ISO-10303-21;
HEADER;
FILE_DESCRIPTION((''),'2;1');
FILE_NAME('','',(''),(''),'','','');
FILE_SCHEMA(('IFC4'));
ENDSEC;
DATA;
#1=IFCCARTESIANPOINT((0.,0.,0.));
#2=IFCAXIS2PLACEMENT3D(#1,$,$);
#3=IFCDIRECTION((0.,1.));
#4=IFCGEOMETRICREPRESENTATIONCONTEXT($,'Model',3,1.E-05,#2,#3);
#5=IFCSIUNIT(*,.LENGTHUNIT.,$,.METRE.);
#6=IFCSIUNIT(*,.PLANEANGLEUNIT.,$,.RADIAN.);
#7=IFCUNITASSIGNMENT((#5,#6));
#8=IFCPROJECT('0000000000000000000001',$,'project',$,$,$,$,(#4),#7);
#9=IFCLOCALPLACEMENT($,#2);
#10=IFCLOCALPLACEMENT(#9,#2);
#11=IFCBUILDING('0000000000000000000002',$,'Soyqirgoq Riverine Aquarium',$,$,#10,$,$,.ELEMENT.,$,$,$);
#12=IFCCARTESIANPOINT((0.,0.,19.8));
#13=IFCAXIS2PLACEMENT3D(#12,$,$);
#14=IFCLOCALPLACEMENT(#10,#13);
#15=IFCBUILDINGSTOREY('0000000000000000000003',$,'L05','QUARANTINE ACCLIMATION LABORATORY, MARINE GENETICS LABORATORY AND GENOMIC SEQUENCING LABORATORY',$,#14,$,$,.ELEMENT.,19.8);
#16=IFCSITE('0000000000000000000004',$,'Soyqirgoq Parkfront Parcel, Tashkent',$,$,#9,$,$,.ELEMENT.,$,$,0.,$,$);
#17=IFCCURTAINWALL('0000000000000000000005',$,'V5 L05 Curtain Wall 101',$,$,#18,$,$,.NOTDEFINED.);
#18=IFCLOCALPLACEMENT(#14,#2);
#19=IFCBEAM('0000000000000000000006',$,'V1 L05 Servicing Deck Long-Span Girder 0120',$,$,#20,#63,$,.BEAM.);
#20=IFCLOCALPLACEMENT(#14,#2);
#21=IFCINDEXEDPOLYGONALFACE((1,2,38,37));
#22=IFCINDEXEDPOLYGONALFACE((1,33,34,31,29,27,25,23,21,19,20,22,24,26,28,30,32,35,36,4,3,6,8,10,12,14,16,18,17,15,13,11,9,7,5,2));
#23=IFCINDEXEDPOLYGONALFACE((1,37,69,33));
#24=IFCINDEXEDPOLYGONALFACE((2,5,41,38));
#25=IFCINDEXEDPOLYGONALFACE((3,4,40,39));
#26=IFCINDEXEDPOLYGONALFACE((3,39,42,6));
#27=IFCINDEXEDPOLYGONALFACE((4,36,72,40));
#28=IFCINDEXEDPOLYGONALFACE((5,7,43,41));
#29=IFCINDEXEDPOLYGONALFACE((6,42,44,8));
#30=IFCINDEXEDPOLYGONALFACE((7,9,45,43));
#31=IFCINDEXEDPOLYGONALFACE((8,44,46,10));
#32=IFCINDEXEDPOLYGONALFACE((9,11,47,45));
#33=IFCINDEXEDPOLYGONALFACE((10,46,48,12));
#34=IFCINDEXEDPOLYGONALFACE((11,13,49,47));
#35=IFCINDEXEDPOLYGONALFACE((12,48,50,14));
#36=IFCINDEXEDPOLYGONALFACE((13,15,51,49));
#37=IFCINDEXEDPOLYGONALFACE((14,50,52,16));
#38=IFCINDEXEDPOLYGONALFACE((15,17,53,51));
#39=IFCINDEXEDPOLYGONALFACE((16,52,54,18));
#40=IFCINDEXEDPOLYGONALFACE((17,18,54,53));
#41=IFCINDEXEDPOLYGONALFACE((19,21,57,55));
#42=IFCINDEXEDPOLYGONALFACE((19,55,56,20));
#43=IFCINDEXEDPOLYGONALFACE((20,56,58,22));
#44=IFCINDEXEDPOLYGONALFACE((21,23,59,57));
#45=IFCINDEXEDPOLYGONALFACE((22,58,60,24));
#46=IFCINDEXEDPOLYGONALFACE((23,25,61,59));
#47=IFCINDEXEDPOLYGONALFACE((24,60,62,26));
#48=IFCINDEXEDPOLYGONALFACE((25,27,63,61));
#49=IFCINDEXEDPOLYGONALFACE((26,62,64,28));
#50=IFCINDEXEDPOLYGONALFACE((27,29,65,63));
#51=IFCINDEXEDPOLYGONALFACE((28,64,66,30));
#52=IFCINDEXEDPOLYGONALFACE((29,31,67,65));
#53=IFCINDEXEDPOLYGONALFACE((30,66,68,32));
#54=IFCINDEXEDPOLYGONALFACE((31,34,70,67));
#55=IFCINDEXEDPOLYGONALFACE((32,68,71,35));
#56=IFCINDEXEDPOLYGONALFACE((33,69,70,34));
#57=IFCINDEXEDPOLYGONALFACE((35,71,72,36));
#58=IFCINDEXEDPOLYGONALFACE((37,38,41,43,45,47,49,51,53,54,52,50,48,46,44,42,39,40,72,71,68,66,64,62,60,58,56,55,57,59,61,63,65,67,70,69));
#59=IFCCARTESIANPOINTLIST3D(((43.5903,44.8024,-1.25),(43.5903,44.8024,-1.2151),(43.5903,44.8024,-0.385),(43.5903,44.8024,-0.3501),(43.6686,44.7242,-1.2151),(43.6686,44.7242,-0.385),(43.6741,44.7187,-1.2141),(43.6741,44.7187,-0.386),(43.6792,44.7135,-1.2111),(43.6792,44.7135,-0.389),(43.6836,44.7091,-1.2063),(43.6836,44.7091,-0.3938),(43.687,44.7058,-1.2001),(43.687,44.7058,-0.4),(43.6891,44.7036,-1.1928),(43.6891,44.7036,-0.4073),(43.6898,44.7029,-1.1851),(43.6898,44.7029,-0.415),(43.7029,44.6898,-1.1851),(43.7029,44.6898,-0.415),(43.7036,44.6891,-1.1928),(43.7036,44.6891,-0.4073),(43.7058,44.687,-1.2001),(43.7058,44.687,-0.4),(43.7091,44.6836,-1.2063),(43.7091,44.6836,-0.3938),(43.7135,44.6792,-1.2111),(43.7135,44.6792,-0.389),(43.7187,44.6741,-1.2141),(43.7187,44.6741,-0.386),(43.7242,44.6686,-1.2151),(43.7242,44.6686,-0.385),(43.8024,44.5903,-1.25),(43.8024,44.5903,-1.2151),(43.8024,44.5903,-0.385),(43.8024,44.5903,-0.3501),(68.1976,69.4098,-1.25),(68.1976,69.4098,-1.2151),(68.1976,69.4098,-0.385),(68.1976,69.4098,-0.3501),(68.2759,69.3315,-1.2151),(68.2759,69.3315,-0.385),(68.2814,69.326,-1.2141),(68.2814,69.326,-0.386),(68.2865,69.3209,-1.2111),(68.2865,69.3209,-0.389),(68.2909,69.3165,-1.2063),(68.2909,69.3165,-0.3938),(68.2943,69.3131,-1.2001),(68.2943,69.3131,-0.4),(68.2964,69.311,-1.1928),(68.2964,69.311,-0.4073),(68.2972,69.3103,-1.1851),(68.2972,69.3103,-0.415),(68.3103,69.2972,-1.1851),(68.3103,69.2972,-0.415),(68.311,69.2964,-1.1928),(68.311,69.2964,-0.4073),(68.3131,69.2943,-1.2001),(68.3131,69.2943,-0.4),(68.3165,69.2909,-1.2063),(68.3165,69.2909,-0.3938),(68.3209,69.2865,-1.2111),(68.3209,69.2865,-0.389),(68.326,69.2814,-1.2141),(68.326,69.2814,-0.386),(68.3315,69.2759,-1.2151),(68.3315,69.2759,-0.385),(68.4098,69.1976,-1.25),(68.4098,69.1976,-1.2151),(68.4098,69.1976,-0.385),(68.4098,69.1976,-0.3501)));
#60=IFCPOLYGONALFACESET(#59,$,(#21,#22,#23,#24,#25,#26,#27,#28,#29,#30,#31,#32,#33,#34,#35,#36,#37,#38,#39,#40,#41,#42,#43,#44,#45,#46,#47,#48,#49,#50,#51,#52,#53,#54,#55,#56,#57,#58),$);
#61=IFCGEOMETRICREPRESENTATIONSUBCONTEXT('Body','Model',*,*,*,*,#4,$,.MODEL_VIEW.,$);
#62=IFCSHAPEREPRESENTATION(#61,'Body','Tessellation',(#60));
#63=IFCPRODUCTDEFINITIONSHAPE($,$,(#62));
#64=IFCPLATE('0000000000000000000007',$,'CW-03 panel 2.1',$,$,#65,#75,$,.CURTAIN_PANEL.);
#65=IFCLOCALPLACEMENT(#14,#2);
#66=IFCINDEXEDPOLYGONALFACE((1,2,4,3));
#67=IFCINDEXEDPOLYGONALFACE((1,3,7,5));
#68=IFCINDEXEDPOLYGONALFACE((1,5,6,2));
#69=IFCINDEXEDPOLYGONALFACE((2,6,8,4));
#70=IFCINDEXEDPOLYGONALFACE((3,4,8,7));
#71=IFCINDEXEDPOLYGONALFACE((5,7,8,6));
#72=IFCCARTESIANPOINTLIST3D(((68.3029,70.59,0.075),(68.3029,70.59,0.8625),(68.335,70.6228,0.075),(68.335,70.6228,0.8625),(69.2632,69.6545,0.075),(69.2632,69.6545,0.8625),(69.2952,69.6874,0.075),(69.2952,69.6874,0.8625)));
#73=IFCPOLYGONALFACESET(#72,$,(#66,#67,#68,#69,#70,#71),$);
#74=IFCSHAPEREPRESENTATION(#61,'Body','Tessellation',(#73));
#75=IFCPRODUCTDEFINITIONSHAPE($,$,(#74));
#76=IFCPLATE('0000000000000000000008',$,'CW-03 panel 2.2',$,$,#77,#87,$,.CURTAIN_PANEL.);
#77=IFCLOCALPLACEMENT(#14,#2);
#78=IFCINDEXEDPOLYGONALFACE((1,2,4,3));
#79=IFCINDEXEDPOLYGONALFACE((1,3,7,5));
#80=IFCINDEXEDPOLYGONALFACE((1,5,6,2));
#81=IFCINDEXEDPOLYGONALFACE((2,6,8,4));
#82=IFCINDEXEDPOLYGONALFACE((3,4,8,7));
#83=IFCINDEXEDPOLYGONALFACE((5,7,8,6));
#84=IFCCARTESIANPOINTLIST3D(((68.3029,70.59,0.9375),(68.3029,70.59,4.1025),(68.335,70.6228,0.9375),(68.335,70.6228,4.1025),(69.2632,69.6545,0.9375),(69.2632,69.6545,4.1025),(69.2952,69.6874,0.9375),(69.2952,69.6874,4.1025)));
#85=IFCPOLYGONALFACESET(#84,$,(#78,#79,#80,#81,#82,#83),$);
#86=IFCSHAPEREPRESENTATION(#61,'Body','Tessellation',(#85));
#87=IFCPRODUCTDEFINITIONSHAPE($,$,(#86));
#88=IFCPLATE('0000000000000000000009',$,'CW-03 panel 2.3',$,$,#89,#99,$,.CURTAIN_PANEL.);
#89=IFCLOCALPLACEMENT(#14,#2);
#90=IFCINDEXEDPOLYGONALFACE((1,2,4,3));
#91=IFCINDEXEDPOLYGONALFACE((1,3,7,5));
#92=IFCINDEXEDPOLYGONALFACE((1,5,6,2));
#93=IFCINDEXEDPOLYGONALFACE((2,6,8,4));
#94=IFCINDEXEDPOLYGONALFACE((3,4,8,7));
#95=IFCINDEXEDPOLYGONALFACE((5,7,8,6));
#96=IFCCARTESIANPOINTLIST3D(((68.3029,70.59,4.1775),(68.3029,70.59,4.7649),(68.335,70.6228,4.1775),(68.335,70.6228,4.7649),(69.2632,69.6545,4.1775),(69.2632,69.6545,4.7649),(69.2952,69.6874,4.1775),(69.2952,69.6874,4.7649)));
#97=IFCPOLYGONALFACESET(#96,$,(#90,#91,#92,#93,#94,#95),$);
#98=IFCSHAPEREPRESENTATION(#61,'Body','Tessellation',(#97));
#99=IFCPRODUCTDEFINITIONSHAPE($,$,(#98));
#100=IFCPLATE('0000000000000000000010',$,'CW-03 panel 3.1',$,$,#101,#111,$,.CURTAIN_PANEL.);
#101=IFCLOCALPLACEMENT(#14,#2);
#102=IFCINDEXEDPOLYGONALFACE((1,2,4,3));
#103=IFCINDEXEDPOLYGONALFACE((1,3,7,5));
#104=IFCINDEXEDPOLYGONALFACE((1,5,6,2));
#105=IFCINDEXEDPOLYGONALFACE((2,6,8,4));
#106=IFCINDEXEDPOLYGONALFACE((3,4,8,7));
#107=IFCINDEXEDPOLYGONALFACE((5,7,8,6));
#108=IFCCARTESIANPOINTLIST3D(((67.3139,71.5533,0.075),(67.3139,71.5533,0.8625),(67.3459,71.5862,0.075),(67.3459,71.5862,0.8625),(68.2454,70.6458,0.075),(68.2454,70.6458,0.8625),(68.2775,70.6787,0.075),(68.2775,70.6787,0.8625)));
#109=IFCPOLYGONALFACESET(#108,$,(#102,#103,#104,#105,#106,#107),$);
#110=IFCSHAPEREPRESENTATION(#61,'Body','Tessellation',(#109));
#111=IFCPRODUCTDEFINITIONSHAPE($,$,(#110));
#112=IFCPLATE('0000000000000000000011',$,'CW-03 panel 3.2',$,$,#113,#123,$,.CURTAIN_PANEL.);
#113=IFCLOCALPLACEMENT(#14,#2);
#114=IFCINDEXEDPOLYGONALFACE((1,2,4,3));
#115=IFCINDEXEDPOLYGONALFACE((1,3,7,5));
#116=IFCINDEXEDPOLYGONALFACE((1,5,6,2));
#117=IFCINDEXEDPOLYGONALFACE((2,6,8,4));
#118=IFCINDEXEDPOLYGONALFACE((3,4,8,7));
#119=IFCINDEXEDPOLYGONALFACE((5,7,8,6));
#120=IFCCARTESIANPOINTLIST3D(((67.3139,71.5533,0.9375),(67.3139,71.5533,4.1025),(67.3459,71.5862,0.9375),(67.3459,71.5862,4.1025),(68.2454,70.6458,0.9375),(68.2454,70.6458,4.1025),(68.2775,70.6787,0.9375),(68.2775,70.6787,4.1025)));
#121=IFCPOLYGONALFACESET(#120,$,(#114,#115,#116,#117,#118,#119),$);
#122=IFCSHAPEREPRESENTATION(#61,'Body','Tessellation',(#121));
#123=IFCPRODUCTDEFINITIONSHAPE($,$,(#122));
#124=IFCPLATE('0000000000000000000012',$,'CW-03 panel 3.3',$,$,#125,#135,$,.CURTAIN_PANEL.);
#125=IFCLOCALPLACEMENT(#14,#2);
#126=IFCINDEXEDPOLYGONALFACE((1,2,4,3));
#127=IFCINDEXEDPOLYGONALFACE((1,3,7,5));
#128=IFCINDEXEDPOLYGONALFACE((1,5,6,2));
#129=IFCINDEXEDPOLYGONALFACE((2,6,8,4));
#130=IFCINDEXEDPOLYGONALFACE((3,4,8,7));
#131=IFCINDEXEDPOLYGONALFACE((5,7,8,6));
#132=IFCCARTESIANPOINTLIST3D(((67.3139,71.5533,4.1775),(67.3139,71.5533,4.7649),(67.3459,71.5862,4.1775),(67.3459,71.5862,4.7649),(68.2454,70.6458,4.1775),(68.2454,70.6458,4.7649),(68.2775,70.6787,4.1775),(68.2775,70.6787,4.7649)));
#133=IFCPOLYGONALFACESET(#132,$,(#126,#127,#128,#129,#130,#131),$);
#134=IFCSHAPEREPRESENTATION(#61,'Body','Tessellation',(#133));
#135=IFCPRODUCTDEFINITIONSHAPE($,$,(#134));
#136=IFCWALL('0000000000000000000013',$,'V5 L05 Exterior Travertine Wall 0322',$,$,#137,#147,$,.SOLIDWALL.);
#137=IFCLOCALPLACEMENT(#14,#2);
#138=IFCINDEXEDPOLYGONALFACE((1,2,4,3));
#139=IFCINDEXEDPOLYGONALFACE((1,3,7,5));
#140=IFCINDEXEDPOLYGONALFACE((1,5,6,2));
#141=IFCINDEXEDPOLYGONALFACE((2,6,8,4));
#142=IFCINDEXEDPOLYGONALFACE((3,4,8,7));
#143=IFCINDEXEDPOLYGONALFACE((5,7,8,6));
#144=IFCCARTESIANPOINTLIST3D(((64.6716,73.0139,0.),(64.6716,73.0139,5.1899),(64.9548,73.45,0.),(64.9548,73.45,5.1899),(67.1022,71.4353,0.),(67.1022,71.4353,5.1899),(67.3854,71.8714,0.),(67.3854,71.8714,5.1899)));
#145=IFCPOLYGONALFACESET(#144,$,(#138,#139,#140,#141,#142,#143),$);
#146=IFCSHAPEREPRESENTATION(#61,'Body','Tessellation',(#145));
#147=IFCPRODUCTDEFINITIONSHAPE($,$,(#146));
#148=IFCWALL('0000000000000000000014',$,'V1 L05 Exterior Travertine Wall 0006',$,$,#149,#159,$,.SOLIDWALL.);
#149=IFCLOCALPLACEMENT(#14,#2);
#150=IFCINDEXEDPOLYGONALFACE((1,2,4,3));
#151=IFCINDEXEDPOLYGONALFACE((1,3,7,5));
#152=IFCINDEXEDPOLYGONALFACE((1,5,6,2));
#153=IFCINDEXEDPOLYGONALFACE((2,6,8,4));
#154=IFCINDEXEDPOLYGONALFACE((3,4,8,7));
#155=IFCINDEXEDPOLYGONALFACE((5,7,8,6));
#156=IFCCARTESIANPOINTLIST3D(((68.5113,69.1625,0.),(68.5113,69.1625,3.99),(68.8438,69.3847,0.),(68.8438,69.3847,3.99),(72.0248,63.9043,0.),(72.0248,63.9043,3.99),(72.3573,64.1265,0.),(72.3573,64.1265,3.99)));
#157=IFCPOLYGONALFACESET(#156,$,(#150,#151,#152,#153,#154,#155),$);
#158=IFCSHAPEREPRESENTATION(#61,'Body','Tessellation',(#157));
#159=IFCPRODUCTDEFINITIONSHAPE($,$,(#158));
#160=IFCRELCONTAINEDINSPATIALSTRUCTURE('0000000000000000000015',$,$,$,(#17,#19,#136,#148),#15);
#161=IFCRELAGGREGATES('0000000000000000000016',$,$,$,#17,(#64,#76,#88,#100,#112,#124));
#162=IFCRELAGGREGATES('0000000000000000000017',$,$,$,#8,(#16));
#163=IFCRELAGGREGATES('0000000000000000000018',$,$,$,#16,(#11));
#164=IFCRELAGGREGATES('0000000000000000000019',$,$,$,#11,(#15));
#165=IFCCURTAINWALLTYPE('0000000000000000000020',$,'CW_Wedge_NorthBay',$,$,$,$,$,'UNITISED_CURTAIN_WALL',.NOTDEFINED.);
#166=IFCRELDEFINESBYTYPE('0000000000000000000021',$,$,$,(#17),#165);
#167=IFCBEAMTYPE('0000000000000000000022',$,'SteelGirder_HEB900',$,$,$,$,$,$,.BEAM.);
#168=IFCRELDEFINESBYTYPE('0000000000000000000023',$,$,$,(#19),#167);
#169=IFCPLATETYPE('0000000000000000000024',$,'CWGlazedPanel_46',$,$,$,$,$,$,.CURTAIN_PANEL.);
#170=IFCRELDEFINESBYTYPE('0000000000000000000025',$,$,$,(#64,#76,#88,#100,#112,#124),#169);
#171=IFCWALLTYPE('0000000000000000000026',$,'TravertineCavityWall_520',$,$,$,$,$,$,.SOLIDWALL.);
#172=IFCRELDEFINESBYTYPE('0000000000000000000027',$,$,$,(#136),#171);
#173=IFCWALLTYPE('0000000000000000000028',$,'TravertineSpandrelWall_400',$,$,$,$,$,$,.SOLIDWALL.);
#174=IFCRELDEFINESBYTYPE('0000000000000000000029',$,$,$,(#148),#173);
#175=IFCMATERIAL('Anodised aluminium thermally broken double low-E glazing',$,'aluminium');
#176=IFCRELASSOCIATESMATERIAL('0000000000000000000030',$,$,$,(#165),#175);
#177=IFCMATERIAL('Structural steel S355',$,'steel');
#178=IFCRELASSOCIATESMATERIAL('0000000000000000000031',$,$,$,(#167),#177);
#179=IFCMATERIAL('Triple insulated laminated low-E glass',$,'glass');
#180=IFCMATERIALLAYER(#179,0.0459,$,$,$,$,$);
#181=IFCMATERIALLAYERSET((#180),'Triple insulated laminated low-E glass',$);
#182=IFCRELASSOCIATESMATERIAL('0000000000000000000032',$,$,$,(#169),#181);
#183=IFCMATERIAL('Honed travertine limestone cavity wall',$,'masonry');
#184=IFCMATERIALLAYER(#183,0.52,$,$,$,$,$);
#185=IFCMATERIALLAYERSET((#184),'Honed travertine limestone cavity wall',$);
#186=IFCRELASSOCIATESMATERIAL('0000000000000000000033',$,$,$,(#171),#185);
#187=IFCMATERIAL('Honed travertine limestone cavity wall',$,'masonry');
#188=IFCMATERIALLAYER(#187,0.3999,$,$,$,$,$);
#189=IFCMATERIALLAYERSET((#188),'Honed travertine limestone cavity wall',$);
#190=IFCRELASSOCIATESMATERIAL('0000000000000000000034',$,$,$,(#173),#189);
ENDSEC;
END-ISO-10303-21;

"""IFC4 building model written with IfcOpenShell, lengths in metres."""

from ifc_helpers import new_model, si_unit, direction, frame, frame_2d, origin, origin_2d, place, context, subcontext, project, spatial, rectangle, i_section, extrude, material, layer, layer_set, material_profile, profile_set, type_object, element, aggregate, save


model = new_model("IFC4")

# Units and contexts
model_context = context("Model", 3, precision=1e-05, world=origin(), true_north=direction((0.0, 1.0)))
body_context = subcontext(model_context, "Body", "Model", "MODEL_VIEW")
ifc_project = project(units=[si_unit("LENGTHUNIT", "METRE"), si_unit("PLANEANGLEUNIT", "RADIAN")], contexts=[model_context])

# Site, building, storey
site_placement = place(None, origin())
site = spatial("IfcSite", under=ifc_project, at=site_placement, Name="Soyqirgoq Parkfront Parcel, Tashkent", CompositionType="ELEMENT", RefElevation=0.0)
building_placement = place(site_placement, origin())
building = spatial("IfcBuilding", under=site, at=building_placement, Name="Soyqirgoq Riverine Aquarium", CompositionType="ELEMENT")
storey_placement = place(building_placement, frame((0.0, 0.0, 19.8)))
storey = spatial("IfcBuildingStorey", under=building, at=storey_placement, Name="L05", Description="QUARANTINE ACCLIMATION LABORATORY, MARINE GENETICS LABORATORY AND GENOMIC SEQUENCING LABORATORY", CompositionType="ELEMENT", Elevation=19.8)

# Curtain wall
ifc_material_1 = material(Name="Anodised aluminium thermally broken double low-E glazing", Category="aluminium")
curtain_wall_type = type_object("IfcCurtainWallType", Name="CW_Wedge_NorthBay", ElementType="UNITISED_CURTAIN_WALL", PredefinedType="NOTDEFINED", material=ifc_material_1)
curtain_wall_placement = place(storey_placement, origin())
curtain_wall = element("IfcCurtainWall", 1, at=curtain_wall_placement, inside=storey, type_object=curtain_wall_type, Name="V5 L05 Curtain Wall 101", PredefinedType="NOTDEFINED")

# Beam
ifc_material_2 = material(Name="Structural steel S355", Category="steel")
ifc_material_profile_1 = material_profile(ifc_material_2, i_section(OverallWidth=0.3, OverallDepth=0.8999, WebThickness=0.0186, FlangeThickness=0.0349, FilletRadius=0.03, at=origin_2d()), Name="HEB 900")
ifc_profile_set_1 = profile_set([ifc_material_profile_1], Name="Structural steel S355")
beam_type_1 = type_object("IfcBeamType", Name="SteelGirder_HEB900", PredefinedType="BEAM", material=ifc_profile_set_1)
beam_1_placement = place(storey_placement, frame((68.3037, 69.3037, -0.8), z_axis=(-0.707107, -0.707107, 0.0), x_axis=(0.707107, -0.707107, 0.0)))
element("IfcBeam", 2, at=beam_1_placement, inside=storey, type_object=beam_type_1, Name="V1 L05 Servicing Deck Long-Span Girder 0120", PredefinedType="BEAM", context=body_context, shape_type="SweptSolid", body=[
    extrude(i_section(OverallWidth=0.3, OverallDepth=0.8999, WebThickness=0.0186, FlangeThickness=0.0349, FilletRadius=0.03, at=origin_2d()), origin(), (0.0, 0.0, 1.0), 34.8),
])

# Plates
ifc_material_3 = material(Name="Triple insulated laminated low-E glass", Category="glass")
ifc_layer_1 = layer(ifc_material_3, 0.0459)
ifc_layer_set_1 = layer_set([ifc_layer_1], Name="Triple insulated laminated low-E glass")
plate_type = type_object("IfcPlateType", Name="CWGlazedPanel_46", PredefinedType="CURTAIN_PANEL", material=ifc_layer_set_1)
plate_1_placement = place(storey_placement, frame((68.7991, 70.1387, 0.075), z_axis=(0.0, 0.0, 1.0), x_axis=(-0.716303, 0.69779, 0.0)))
plate_1 = element("IfcPlate", 3, at=plate_1_placement, type_object=plate_type, Name="CW-03 panel 2.1", PredefinedType="CURTAIN_PANEL", context=body_context, shape_type="SweptSolid", body=[
    extrude(rectangle(XDim=1.3406, YDim=0.0459, at=origin_2d()), origin(), (0.0, 0.0, 1.0), 0.7876),
])
plate_2_placement = place(storey_placement, frame((68.7991, 70.1387, 0.9375), z_axis=(0.0, 0.0, 1.0), x_axis=(-0.716303, 0.69779, 0.0)))
plate_2 = element("IfcPlate", 4, at=plate_2_placement, type_object=plate_type, Name="CW-03 panel 2.2", PredefinedType="CURTAIN_PANEL", context=body_context, shape_type="SweptSolid", body=[
    extrude(rectangle(XDim=1.3406, YDim=0.0459, at=origin_2d()), origin(), (0.0, 0.0, 1.0), 3.165),
])
plate_3_placement = place(storey_placement, frame((68.7991, 70.1387, 4.1775), z_axis=(0.0, 0.0, 1.0), x_axis=(-0.716303, 0.69779, 0.0)))
plate_3 = element("IfcPlate", 5, at=plate_3_placement, type_object=plate_type, Name="CW-03 panel 2.3", PredefinedType="CURTAIN_PANEL", context=body_context, shape_type="SweptSolid", body=[
    extrude(rectangle(XDim=1.3406, YDim=0.0459, at=origin_2d()), origin(), (0.0, 0.0, 1.0), 0.5874),
])
plate_4_placement = place(storey_placement, frame((67.7957, 71.116, 0.075), z_axis=(0.0, 0.0, 1.0), x_axis=(-0.716303, 0.69779, 0.0)))
plate_4 = element("IfcPlate", 6, at=plate_4_placement, type_object=plate_type, Name="CW-03 panel 3.1", PredefinedType="CURTAIN_PANEL", context=body_context, shape_type="SweptSolid", body=[
    extrude(rectangle(XDim=1.3005, YDim=0.0459, at=origin_2d()), origin(), (0.0, 0.0, 1.0), 0.7876),
])
plate_5_placement = place(storey_placement, frame((67.7957, 71.116, 0.9375), z_axis=(0.0, 0.0, 1.0), x_axis=(-0.716303, 0.69779, 0.0)))
plate_5 = element("IfcPlate", 7, at=plate_5_placement, type_object=plate_type, Name="CW-03 panel 3.2", PredefinedType="CURTAIN_PANEL", context=body_context, shape_type="SweptSolid", body=[
    extrude(rectangle(XDim=1.3005, YDim=0.0459, at=origin_2d()), origin(), (0.0, 0.0, 1.0), 3.165),
])
plate_6_placement = place(storey_placement, frame((67.7957, 71.116, 4.1775), z_axis=(0.0, 0.0, 1.0), x_axis=(-0.716303, 0.69779, 0.0)))
plate_6 = element("IfcPlate", 8, at=plate_6_placement, type_object=plate_type, Name="CW-03 panel 3.3", PredefinedType="CURTAIN_PANEL", context=body_context, shape_type="SweptSolid", body=[
    extrude(rectangle(XDim=1.3005, YDim=0.0459, at=origin_2d()), origin(), (0.0, 0.0, 1.0), 0.5874),
])
aggregate(curtain_wall, [plate_1, plate_2, plate_3, plate_4, plate_5, plate_6])

# Walls
ifc_material_4 = material(Name="Honed travertine limestone cavity wall", Category="masonry")
ifc_layer_2 = layer(ifc_material_4, 0.52)
ifc_layer_set_2 = layer_set([ifc_layer_2], Name="Honed travertine limestone cavity wall")
wall_type_1 = type_object("IfcWallType", Name="TravertineCavityWall_520", PredefinedType="SOLIDWALL", material=ifc_layer_set_2)
wall_1_placement = place(storey_placement, frame((67.2439, 71.6533, 0.0), z_axis=(0.0, 0.0, 1.0), x_axis=(-0.838651, 0.544669, 0.0)))
element("IfcWall", 9, at=wall_1_placement, inside=storey, type_object=wall_type_1, Name="V5 L05 Exterior Travertine Wall 0322", PredefinedType="SOLIDWALL", context=body_context, shape_type="SweptSolid", body=[
    extrude(rectangle(XDim=2.8982, YDim=0.52, at=frame_2d((1.4492, 0.0))), origin(), (0.0, 0.0, 1.0), 5.1899),
])
ifc_material_5 = material(Name="Honed travertine limestone cavity wall", Category="masonry")
ifc_layer_3 = layer(ifc_material_5, 0.3999)
ifc_layer_set_3 = layer_set([ifc_layer_3], Name="Honed travertine limestone cavity wall")
wall_type_2 = type_object("IfcWallType", Name="TravertineSpandrelWall_400", PredefinedType="SOLIDWALL", material=ifc_layer_set_3)
wall_2_placement = place(storey_placement, frame((68.6775, 69.2737, 0.0), z_axis=(0.0, 0.0, 1.0), x_axis=(0.555582, -0.831462, 0.0)))
element("IfcWall", 10, at=wall_2_placement, inside=storey, type_object=wall_type_2, Name="V1 L05 Exterior Travertine Wall 0006", PredefinedType="SOLIDWALL", context=body_context, shape_type="SweptSolid", body=[
    extrude(rectangle(XDim=6.324, YDim=0.3999, at=frame_2d((3.1621, 0.0))), origin(), (0.0, 0.0, 1.0), 3.99),
])

save(model, "model.ifc")
